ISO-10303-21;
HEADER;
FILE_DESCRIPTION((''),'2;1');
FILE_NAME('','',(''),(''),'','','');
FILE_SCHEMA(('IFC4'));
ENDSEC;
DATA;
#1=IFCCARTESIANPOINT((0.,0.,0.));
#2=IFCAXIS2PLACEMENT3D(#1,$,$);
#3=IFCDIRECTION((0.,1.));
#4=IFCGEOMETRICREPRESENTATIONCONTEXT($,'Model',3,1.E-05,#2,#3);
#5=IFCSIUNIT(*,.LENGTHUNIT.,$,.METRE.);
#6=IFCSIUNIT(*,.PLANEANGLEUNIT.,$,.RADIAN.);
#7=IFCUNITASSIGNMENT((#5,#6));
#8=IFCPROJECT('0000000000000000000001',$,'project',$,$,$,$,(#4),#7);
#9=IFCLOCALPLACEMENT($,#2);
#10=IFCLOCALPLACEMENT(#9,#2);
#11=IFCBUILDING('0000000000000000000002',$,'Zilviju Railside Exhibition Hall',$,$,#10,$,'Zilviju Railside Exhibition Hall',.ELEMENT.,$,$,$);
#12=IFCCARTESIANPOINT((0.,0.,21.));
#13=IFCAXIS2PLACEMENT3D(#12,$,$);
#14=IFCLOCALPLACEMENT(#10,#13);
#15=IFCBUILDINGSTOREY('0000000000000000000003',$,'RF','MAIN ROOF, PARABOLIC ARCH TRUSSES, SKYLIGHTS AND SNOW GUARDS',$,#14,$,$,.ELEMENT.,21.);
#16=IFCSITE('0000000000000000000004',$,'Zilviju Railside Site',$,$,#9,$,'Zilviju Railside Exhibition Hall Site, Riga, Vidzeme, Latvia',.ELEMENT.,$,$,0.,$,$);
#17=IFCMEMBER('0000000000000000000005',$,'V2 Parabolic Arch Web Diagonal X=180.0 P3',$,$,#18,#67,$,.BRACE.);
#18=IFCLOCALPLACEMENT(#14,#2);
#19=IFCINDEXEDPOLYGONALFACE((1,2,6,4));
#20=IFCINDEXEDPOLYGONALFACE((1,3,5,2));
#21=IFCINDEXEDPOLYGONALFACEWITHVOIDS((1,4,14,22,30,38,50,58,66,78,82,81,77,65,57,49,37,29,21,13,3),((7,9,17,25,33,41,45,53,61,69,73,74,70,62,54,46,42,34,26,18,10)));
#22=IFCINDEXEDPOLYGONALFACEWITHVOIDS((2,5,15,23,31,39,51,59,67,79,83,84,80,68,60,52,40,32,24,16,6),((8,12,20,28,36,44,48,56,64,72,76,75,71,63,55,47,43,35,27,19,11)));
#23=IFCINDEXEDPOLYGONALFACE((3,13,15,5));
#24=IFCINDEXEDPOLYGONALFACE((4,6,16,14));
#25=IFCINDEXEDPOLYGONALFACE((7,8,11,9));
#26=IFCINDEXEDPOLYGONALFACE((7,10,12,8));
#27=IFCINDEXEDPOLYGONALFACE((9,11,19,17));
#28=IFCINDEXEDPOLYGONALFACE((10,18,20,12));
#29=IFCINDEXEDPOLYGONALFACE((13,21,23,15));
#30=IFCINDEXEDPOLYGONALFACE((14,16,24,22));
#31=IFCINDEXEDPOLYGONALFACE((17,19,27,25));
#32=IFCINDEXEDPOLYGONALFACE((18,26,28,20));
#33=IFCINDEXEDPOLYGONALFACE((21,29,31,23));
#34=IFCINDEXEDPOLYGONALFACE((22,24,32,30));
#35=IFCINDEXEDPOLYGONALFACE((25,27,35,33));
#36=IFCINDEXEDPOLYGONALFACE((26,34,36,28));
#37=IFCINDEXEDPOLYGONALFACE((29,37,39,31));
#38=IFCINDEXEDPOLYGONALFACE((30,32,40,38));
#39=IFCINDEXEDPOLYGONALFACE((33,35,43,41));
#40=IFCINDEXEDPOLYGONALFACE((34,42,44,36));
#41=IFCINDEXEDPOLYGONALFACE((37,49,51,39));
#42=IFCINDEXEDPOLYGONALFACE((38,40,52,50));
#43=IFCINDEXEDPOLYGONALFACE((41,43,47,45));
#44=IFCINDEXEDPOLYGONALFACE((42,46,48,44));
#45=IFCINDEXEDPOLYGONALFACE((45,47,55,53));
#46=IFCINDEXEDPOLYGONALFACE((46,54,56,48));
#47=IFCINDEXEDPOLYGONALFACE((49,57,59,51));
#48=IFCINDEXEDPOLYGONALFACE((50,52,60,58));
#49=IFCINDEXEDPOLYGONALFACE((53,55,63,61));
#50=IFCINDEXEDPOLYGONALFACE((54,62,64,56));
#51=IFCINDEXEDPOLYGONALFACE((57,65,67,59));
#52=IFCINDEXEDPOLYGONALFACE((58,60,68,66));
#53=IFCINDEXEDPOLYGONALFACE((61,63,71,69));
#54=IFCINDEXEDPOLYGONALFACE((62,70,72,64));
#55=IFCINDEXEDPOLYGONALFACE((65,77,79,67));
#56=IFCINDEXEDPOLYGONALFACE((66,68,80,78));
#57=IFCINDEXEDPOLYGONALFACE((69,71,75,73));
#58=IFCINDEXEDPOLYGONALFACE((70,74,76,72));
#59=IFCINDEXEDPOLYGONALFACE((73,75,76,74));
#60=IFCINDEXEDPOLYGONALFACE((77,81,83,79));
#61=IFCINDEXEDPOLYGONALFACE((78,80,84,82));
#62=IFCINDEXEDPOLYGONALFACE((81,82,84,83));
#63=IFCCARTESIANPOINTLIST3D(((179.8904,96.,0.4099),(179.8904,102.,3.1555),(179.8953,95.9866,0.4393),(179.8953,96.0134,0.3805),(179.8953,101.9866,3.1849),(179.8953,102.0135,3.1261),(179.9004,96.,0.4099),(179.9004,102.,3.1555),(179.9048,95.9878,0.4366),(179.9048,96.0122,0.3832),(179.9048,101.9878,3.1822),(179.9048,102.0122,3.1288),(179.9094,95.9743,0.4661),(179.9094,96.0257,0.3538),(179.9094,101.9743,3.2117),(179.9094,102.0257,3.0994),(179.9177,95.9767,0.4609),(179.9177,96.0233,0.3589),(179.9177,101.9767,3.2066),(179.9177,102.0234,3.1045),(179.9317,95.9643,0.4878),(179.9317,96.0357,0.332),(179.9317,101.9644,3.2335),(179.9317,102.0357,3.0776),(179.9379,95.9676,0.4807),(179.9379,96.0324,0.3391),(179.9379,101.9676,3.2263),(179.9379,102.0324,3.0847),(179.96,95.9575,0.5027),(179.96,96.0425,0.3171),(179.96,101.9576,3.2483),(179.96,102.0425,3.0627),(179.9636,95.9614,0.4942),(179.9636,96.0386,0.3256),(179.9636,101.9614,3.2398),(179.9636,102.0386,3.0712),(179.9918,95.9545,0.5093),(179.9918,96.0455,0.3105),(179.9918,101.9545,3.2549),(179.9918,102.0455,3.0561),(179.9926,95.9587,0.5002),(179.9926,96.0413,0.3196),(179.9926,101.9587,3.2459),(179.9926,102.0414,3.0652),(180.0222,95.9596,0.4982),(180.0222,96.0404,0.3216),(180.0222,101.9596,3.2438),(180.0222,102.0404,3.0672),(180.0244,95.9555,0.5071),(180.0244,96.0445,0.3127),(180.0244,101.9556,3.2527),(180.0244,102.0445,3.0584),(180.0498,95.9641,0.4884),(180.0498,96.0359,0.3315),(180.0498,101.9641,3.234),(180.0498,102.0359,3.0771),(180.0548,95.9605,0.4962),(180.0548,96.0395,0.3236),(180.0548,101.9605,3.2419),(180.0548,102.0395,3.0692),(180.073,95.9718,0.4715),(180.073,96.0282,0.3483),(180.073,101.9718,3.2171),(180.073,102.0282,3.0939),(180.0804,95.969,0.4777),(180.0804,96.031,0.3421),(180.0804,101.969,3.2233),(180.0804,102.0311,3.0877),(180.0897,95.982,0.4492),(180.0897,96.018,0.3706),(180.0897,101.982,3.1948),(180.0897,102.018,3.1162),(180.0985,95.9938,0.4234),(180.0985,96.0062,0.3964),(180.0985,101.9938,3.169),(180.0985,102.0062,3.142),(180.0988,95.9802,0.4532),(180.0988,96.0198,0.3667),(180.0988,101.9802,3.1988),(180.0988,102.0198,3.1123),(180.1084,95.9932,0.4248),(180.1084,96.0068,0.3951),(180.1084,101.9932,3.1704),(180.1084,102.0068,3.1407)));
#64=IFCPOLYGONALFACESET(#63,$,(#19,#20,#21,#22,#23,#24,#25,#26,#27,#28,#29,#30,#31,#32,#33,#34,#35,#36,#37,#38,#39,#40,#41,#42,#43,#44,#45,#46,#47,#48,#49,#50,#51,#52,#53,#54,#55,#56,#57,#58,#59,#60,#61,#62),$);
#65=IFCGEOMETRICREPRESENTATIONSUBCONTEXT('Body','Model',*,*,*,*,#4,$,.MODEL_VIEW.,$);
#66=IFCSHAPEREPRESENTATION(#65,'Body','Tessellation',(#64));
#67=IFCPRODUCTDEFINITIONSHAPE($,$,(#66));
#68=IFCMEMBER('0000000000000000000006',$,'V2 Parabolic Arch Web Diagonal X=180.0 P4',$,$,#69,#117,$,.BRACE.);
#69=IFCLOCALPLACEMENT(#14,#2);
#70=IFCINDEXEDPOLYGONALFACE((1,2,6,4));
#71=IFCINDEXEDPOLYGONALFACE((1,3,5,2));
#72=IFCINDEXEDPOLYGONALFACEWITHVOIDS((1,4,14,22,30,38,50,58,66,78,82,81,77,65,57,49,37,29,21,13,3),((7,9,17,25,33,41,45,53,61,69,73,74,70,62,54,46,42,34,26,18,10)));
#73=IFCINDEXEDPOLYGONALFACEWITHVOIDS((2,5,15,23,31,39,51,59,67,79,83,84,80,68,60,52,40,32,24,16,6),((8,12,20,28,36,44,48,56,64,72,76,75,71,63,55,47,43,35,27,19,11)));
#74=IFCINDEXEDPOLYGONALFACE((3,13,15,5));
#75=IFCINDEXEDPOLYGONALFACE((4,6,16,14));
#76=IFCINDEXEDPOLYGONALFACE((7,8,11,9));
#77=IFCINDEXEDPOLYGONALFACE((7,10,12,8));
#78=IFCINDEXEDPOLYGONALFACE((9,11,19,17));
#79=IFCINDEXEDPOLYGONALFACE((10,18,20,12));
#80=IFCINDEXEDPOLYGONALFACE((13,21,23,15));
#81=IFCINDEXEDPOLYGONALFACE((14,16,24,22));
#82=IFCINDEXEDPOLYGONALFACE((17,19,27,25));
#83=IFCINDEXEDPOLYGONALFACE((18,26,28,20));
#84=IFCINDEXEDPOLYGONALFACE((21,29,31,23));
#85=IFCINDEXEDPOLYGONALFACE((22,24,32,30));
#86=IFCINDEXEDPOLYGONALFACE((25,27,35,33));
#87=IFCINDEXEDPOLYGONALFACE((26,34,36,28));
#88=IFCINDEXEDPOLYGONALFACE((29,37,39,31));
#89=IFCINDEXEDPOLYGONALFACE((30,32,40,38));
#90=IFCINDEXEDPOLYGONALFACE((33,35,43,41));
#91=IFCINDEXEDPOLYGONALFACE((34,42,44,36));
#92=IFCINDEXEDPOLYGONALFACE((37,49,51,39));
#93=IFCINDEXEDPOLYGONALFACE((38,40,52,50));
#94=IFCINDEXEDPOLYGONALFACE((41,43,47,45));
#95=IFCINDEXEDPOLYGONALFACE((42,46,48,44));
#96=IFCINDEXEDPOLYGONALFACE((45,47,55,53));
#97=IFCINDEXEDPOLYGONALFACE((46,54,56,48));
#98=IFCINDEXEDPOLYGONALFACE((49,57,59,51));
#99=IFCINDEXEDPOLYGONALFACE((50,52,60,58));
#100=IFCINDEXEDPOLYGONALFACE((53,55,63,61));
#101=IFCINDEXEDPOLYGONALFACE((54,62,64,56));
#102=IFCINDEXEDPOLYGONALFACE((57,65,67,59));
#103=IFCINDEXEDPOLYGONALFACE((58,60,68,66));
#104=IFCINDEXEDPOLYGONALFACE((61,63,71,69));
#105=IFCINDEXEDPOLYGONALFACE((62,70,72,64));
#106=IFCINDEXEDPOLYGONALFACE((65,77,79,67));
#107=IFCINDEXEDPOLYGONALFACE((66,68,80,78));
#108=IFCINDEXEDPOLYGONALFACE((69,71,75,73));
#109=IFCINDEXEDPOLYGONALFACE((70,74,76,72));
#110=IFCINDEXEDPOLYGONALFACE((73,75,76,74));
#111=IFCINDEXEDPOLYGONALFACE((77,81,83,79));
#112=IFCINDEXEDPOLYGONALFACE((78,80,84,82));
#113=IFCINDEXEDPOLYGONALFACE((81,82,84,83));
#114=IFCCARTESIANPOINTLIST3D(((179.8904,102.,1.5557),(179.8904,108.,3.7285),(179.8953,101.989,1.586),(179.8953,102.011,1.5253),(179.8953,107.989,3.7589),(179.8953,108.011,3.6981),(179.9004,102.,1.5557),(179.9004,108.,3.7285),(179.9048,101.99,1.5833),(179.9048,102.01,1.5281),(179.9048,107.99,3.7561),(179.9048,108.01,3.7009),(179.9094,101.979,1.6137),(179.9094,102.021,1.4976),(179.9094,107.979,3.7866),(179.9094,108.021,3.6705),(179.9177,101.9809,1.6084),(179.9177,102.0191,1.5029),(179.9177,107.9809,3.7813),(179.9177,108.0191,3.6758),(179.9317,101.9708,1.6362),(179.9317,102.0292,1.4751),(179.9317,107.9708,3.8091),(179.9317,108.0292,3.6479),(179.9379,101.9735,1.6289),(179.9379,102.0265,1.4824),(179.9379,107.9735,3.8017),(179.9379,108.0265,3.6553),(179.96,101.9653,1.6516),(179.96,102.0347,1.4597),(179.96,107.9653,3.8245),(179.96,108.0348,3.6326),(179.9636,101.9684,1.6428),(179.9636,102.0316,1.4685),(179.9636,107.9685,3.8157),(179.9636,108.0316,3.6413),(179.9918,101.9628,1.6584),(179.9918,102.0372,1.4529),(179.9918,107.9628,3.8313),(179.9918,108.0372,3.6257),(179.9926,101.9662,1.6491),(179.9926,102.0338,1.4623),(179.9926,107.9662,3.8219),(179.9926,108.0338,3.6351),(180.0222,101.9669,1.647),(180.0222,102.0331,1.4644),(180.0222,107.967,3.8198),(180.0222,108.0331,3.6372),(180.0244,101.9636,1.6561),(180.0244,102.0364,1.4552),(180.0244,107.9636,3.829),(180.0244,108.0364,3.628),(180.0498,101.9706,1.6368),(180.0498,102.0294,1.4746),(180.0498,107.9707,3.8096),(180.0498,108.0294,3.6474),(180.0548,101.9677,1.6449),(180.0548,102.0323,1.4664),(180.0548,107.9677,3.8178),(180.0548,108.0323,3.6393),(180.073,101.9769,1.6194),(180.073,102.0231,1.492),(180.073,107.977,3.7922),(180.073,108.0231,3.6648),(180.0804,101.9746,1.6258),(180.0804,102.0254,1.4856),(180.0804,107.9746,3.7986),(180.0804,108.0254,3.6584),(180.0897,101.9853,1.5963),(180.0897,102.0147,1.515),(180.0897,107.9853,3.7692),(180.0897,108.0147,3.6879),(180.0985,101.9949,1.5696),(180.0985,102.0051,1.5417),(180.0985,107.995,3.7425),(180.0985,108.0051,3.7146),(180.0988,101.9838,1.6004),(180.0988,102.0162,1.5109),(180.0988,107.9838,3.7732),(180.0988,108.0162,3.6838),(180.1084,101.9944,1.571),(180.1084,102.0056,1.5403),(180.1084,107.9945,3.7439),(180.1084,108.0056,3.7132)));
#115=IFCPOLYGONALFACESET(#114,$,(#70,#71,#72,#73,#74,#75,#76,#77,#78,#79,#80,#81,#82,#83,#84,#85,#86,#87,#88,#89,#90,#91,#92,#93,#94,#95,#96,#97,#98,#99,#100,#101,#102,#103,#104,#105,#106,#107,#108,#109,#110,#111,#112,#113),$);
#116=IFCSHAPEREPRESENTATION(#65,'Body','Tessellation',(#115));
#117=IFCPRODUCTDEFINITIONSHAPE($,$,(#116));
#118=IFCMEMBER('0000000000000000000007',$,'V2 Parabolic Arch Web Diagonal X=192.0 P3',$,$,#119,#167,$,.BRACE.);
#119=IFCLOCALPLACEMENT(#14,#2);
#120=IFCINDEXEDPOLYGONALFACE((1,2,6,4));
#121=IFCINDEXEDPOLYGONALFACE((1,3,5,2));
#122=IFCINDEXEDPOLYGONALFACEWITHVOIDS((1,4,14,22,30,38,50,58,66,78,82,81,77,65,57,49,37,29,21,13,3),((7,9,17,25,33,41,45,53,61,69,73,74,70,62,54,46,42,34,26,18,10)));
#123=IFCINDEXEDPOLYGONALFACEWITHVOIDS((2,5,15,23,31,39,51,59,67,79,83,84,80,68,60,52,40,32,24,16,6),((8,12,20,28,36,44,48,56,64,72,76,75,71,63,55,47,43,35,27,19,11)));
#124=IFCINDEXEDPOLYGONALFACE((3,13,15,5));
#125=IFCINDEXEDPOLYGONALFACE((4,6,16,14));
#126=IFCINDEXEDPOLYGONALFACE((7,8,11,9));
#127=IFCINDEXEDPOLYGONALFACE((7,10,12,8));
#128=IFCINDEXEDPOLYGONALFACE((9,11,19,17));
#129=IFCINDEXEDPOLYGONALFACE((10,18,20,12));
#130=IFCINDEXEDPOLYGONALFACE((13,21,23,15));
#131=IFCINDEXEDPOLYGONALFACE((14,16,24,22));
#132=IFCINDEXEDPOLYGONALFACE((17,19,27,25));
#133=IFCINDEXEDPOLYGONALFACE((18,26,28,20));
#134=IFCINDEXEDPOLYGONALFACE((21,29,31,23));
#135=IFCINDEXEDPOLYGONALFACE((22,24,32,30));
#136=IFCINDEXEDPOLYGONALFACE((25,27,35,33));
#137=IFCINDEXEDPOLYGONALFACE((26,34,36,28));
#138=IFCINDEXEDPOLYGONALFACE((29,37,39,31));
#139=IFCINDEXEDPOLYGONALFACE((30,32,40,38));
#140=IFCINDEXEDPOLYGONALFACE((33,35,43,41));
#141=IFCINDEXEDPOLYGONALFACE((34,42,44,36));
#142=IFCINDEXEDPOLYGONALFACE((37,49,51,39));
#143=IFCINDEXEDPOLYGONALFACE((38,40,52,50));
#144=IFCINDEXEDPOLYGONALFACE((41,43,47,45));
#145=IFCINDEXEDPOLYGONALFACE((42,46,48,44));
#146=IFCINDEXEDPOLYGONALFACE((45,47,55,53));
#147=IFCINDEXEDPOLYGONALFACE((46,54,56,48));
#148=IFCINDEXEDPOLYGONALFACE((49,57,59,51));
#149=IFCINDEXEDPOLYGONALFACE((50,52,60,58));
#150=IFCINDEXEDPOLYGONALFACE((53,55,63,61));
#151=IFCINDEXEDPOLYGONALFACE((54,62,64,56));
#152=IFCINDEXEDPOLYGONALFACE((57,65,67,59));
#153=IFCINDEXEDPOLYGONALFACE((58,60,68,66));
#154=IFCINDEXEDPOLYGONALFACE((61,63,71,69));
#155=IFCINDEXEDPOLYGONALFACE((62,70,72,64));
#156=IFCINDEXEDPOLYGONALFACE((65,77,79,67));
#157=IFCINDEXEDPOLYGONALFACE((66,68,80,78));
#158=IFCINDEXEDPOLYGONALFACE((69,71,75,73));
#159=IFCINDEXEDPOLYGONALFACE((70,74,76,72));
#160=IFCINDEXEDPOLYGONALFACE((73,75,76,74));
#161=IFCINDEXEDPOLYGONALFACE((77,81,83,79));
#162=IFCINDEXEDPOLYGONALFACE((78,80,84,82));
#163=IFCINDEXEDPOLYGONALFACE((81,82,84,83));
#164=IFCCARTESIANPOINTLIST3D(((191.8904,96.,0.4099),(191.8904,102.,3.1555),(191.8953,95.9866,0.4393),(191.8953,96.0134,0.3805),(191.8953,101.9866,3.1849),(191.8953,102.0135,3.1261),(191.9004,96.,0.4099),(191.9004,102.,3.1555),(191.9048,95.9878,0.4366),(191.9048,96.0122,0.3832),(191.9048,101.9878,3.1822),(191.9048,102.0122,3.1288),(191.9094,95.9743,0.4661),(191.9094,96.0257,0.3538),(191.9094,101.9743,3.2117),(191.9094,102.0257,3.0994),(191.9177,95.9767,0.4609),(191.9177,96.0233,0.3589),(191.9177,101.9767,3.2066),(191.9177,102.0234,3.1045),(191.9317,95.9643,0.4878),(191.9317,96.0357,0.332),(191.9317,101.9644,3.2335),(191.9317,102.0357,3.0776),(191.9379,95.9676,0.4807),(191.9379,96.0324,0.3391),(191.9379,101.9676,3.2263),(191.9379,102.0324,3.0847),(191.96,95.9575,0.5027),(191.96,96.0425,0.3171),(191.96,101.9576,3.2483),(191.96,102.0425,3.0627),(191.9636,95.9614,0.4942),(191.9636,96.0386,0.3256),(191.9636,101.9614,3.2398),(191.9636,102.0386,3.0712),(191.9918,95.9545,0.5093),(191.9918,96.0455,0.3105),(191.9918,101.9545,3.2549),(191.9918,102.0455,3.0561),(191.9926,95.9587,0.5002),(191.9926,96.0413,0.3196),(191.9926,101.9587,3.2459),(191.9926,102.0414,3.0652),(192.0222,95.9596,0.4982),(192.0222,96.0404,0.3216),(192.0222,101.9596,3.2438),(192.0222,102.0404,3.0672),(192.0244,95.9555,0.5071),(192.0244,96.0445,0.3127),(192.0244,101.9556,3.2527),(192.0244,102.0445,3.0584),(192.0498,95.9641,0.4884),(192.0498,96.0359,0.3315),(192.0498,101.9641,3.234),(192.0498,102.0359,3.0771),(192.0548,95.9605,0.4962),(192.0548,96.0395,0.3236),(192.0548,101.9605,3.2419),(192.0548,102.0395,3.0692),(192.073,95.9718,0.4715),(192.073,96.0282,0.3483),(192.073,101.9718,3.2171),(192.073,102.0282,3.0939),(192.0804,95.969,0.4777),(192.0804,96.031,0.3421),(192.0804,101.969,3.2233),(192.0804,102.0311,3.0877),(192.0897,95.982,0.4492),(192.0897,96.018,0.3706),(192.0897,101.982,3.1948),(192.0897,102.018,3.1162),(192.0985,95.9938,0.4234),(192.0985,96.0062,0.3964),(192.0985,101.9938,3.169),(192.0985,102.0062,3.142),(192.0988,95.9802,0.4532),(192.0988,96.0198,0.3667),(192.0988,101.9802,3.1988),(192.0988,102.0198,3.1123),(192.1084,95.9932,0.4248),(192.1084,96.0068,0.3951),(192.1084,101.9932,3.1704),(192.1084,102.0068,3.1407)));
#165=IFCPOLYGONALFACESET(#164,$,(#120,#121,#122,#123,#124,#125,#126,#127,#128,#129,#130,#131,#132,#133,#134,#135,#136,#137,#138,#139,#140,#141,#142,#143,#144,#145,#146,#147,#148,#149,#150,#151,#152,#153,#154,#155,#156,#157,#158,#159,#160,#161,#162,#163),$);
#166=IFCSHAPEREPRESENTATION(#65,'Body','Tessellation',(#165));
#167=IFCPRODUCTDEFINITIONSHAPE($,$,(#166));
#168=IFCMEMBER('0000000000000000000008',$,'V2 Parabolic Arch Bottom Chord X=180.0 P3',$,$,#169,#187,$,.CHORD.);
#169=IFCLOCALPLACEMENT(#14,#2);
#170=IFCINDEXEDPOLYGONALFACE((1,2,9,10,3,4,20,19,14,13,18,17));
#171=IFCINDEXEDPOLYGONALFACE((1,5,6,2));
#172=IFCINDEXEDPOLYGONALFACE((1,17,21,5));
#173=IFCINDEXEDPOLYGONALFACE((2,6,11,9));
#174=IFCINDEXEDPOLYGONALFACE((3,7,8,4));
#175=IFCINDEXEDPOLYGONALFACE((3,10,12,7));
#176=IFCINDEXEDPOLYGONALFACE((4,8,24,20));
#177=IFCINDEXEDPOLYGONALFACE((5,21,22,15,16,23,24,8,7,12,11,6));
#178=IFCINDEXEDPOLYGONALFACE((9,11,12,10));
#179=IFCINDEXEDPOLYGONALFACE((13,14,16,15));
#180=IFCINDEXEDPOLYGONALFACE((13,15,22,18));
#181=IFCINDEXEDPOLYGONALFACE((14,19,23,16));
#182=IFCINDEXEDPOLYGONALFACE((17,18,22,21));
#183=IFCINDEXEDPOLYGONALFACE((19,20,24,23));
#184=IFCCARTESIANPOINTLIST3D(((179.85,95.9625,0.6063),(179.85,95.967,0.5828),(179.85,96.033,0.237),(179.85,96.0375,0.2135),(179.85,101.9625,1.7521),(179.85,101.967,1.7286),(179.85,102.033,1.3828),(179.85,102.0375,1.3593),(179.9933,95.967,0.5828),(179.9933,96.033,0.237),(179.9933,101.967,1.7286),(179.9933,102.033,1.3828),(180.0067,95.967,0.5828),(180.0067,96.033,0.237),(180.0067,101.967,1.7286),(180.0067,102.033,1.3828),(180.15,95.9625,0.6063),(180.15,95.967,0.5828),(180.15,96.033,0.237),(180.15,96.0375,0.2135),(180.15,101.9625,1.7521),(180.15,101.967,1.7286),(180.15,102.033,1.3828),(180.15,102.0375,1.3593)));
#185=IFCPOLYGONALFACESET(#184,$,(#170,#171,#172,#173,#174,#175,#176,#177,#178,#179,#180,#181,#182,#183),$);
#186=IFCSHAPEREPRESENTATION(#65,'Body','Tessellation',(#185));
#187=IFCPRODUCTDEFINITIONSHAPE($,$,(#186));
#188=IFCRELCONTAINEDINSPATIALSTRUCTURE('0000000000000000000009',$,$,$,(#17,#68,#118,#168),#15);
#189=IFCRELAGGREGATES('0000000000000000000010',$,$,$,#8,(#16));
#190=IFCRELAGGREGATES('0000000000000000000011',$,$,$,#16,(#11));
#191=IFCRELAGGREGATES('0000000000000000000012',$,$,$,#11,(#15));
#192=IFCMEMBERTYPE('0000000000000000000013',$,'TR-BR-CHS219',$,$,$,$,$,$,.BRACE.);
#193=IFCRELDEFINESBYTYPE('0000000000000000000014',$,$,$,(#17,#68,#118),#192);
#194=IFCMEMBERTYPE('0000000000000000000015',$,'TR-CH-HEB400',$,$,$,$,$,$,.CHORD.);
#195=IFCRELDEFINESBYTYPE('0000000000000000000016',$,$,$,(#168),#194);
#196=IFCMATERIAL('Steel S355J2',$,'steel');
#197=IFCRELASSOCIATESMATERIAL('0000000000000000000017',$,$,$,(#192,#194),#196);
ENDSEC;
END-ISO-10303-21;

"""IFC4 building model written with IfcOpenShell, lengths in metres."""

from ifc_helpers import new_model, si_unit, direction, frame, origin, origin_2d, place, context, subcontext, project, spatial, hollow_circle, i_section, extrude, material, material_profile, profile_set, type_object, element, save


model = new_model("IFC4")

# Units and contexts
model_context = context("Model", 3, precision=1e-05, world=origin(), true_north=direction((0.0, 1.0)))
body_context = subcontext(model_context, "Body", "Model", "MODEL_VIEW")
ifc_project = project(units=[si_unit("LENGTHUNIT", "METRE"), si_unit("PLANEANGLEUNIT", "RADIAN")], contexts=[model_context])

# Site, building, storey
site_placement = place(None, origin())
site = spatial("IfcSite", under=ifc_project, at=site_placement, Name="Zilviju Railside Site", LongName="Zilviju Railside Exhibition Hall Site, Riga, Vidzeme, Latvia", CompositionType="ELEMENT", RefElevation=0.0)
building_placement = place(site_placement, origin())
building = spatial("IfcBuilding", under=site, at=building_placement, Name="Zilviju Railside Exhibition Hall", LongName="Zilviju Railside Exhibition Hall", CompositionType="ELEMENT")
storey_placement = place(building_placement, frame((0.0, 0.0, 21.0)))
storey = spatial("IfcBuildingStorey", under=building, at=storey_placement, Name="RF", Description="MAIN ROOF, PARABOLIC ARCH TRUSSES, SKYLIGHTS AND SNOW GUARDS", CompositionType="ELEMENT", Elevation=21.0)

# Members
ifc_material_1 = material(Name="Steel S355J2", Category="steel")
ifc_material_profile_1 = material_profile(ifc_material_1, hollow_circle(Radius=0.1096, WallThickness=0.01, at=origin_2d()), Name="CHS 219.1x10.0")
ifc_profile_set_1 = profile_set([ifc_material_profile_1], Name="Steel S355J2")
member_type_1 = type_object("IfcMemberType", Name="TR-BR-CHS219", PredefinedType="BRACE", material=ifc_profile_set_1)
member_1_placement = place(storey_placement, frame((180.0, 96.0, 0.4099), z_axis=(0.0, 0.909317, 0.416104), x_axis=(-1.0, 0.0, 0.0)))
element("IfcMember", 1, at=member_1_placement, inside=storey, type_object=member_type_1, Name="V2 Parabolic Arch Web Diagonal X=180.0 P3", PredefinedType="BRACE", context=body_context, shape_type="SweptSolid", body=[
    extrude(hollow_circle(Radius=0.1096, WallThickness=0.01, at=origin_2d()), origin(), (0.0, 0.0, 1.0), 6.5984),
])
member_2_placement = place(storey_placement, frame((180.0, 102.0, 1.5557), z_axis=(0.0, 0.940244, 0.340502), x_axis=(-1.0, 0.0, 0.0)))
element("IfcMember", 2, at=member_2_placement, inside=storey, type_object=member_type_1, Name="V2 Parabolic Arch Web Diagonal X=180.0 P4", PredefinedType="BRACE", context=body_context, shape_type="SweptSolid", body=[
    extrude(hollow_circle(Radius=0.1096, WallThickness=0.01, at=origin_2d()), origin(), (0.0, 0.0, 1.0), 6.3813),
])
member_3_placement = place(storey_placement, frame((192.0, 96.0, 0.4099), z_axis=(0.0, 0.909317, 0.416104), x_axis=(-1.0, 0.0, 0.0)))
element("IfcMember", 3, at=member_3_placement, inside=storey, type_object=member_type_1, Name="V2 Parabolic Arch Web Diagonal X=192.0 P3", PredefinedType="BRACE", context=body_context, shape_type="SweptSolid", body=[
    extrude(hollow_circle(Radius=0.1096, WallThickness=0.01, at=origin_2d()), origin(), (0.0, 0.0, 1.0), 6.5984),
])
ifc_material_profile_2 = material_profile(ifc_material_1, i_section(OverallWidth=0.3, OverallDepth=0.3999, WebThickness=0.0134, FlangeThickness=0.0239, at=origin_2d()), Name="HEB 400")
ifc_profile_set_2 = profile_set([ifc_material_profile_2], Name="Steel S355J2")
member_type_2 = type_object("IfcMemberType", Name="TR-CH-HEB400", PredefinedType="CHORD", material=ifc_profile_set_2)
member_4_placement = place(storey_placement, frame((180.0, 96.0, 0.4099), z_axis=(0.0, 0.982251, 0.187569), x_axis=(-1.0, 0.0, 0.0)))
element("IfcMember", 4, at=member_4_placement, inside=storey, type_object=member_type_2, Name="V2 Parabolic Arch Bottom Chord X=180.0 P3", PredefinedType="CHORD", context=body_context, shape_type="SweptSolid", body=[
    extrude(i_section(OverallWidth=0.3, OverallDepth=0.3999, WebThickness=0.0134, FlangeThickness=0.0239, at=origin_2d()), origin(), (0.0, 0.0, 1.0), 6.1084),
])

save(model, "model.ifc")
